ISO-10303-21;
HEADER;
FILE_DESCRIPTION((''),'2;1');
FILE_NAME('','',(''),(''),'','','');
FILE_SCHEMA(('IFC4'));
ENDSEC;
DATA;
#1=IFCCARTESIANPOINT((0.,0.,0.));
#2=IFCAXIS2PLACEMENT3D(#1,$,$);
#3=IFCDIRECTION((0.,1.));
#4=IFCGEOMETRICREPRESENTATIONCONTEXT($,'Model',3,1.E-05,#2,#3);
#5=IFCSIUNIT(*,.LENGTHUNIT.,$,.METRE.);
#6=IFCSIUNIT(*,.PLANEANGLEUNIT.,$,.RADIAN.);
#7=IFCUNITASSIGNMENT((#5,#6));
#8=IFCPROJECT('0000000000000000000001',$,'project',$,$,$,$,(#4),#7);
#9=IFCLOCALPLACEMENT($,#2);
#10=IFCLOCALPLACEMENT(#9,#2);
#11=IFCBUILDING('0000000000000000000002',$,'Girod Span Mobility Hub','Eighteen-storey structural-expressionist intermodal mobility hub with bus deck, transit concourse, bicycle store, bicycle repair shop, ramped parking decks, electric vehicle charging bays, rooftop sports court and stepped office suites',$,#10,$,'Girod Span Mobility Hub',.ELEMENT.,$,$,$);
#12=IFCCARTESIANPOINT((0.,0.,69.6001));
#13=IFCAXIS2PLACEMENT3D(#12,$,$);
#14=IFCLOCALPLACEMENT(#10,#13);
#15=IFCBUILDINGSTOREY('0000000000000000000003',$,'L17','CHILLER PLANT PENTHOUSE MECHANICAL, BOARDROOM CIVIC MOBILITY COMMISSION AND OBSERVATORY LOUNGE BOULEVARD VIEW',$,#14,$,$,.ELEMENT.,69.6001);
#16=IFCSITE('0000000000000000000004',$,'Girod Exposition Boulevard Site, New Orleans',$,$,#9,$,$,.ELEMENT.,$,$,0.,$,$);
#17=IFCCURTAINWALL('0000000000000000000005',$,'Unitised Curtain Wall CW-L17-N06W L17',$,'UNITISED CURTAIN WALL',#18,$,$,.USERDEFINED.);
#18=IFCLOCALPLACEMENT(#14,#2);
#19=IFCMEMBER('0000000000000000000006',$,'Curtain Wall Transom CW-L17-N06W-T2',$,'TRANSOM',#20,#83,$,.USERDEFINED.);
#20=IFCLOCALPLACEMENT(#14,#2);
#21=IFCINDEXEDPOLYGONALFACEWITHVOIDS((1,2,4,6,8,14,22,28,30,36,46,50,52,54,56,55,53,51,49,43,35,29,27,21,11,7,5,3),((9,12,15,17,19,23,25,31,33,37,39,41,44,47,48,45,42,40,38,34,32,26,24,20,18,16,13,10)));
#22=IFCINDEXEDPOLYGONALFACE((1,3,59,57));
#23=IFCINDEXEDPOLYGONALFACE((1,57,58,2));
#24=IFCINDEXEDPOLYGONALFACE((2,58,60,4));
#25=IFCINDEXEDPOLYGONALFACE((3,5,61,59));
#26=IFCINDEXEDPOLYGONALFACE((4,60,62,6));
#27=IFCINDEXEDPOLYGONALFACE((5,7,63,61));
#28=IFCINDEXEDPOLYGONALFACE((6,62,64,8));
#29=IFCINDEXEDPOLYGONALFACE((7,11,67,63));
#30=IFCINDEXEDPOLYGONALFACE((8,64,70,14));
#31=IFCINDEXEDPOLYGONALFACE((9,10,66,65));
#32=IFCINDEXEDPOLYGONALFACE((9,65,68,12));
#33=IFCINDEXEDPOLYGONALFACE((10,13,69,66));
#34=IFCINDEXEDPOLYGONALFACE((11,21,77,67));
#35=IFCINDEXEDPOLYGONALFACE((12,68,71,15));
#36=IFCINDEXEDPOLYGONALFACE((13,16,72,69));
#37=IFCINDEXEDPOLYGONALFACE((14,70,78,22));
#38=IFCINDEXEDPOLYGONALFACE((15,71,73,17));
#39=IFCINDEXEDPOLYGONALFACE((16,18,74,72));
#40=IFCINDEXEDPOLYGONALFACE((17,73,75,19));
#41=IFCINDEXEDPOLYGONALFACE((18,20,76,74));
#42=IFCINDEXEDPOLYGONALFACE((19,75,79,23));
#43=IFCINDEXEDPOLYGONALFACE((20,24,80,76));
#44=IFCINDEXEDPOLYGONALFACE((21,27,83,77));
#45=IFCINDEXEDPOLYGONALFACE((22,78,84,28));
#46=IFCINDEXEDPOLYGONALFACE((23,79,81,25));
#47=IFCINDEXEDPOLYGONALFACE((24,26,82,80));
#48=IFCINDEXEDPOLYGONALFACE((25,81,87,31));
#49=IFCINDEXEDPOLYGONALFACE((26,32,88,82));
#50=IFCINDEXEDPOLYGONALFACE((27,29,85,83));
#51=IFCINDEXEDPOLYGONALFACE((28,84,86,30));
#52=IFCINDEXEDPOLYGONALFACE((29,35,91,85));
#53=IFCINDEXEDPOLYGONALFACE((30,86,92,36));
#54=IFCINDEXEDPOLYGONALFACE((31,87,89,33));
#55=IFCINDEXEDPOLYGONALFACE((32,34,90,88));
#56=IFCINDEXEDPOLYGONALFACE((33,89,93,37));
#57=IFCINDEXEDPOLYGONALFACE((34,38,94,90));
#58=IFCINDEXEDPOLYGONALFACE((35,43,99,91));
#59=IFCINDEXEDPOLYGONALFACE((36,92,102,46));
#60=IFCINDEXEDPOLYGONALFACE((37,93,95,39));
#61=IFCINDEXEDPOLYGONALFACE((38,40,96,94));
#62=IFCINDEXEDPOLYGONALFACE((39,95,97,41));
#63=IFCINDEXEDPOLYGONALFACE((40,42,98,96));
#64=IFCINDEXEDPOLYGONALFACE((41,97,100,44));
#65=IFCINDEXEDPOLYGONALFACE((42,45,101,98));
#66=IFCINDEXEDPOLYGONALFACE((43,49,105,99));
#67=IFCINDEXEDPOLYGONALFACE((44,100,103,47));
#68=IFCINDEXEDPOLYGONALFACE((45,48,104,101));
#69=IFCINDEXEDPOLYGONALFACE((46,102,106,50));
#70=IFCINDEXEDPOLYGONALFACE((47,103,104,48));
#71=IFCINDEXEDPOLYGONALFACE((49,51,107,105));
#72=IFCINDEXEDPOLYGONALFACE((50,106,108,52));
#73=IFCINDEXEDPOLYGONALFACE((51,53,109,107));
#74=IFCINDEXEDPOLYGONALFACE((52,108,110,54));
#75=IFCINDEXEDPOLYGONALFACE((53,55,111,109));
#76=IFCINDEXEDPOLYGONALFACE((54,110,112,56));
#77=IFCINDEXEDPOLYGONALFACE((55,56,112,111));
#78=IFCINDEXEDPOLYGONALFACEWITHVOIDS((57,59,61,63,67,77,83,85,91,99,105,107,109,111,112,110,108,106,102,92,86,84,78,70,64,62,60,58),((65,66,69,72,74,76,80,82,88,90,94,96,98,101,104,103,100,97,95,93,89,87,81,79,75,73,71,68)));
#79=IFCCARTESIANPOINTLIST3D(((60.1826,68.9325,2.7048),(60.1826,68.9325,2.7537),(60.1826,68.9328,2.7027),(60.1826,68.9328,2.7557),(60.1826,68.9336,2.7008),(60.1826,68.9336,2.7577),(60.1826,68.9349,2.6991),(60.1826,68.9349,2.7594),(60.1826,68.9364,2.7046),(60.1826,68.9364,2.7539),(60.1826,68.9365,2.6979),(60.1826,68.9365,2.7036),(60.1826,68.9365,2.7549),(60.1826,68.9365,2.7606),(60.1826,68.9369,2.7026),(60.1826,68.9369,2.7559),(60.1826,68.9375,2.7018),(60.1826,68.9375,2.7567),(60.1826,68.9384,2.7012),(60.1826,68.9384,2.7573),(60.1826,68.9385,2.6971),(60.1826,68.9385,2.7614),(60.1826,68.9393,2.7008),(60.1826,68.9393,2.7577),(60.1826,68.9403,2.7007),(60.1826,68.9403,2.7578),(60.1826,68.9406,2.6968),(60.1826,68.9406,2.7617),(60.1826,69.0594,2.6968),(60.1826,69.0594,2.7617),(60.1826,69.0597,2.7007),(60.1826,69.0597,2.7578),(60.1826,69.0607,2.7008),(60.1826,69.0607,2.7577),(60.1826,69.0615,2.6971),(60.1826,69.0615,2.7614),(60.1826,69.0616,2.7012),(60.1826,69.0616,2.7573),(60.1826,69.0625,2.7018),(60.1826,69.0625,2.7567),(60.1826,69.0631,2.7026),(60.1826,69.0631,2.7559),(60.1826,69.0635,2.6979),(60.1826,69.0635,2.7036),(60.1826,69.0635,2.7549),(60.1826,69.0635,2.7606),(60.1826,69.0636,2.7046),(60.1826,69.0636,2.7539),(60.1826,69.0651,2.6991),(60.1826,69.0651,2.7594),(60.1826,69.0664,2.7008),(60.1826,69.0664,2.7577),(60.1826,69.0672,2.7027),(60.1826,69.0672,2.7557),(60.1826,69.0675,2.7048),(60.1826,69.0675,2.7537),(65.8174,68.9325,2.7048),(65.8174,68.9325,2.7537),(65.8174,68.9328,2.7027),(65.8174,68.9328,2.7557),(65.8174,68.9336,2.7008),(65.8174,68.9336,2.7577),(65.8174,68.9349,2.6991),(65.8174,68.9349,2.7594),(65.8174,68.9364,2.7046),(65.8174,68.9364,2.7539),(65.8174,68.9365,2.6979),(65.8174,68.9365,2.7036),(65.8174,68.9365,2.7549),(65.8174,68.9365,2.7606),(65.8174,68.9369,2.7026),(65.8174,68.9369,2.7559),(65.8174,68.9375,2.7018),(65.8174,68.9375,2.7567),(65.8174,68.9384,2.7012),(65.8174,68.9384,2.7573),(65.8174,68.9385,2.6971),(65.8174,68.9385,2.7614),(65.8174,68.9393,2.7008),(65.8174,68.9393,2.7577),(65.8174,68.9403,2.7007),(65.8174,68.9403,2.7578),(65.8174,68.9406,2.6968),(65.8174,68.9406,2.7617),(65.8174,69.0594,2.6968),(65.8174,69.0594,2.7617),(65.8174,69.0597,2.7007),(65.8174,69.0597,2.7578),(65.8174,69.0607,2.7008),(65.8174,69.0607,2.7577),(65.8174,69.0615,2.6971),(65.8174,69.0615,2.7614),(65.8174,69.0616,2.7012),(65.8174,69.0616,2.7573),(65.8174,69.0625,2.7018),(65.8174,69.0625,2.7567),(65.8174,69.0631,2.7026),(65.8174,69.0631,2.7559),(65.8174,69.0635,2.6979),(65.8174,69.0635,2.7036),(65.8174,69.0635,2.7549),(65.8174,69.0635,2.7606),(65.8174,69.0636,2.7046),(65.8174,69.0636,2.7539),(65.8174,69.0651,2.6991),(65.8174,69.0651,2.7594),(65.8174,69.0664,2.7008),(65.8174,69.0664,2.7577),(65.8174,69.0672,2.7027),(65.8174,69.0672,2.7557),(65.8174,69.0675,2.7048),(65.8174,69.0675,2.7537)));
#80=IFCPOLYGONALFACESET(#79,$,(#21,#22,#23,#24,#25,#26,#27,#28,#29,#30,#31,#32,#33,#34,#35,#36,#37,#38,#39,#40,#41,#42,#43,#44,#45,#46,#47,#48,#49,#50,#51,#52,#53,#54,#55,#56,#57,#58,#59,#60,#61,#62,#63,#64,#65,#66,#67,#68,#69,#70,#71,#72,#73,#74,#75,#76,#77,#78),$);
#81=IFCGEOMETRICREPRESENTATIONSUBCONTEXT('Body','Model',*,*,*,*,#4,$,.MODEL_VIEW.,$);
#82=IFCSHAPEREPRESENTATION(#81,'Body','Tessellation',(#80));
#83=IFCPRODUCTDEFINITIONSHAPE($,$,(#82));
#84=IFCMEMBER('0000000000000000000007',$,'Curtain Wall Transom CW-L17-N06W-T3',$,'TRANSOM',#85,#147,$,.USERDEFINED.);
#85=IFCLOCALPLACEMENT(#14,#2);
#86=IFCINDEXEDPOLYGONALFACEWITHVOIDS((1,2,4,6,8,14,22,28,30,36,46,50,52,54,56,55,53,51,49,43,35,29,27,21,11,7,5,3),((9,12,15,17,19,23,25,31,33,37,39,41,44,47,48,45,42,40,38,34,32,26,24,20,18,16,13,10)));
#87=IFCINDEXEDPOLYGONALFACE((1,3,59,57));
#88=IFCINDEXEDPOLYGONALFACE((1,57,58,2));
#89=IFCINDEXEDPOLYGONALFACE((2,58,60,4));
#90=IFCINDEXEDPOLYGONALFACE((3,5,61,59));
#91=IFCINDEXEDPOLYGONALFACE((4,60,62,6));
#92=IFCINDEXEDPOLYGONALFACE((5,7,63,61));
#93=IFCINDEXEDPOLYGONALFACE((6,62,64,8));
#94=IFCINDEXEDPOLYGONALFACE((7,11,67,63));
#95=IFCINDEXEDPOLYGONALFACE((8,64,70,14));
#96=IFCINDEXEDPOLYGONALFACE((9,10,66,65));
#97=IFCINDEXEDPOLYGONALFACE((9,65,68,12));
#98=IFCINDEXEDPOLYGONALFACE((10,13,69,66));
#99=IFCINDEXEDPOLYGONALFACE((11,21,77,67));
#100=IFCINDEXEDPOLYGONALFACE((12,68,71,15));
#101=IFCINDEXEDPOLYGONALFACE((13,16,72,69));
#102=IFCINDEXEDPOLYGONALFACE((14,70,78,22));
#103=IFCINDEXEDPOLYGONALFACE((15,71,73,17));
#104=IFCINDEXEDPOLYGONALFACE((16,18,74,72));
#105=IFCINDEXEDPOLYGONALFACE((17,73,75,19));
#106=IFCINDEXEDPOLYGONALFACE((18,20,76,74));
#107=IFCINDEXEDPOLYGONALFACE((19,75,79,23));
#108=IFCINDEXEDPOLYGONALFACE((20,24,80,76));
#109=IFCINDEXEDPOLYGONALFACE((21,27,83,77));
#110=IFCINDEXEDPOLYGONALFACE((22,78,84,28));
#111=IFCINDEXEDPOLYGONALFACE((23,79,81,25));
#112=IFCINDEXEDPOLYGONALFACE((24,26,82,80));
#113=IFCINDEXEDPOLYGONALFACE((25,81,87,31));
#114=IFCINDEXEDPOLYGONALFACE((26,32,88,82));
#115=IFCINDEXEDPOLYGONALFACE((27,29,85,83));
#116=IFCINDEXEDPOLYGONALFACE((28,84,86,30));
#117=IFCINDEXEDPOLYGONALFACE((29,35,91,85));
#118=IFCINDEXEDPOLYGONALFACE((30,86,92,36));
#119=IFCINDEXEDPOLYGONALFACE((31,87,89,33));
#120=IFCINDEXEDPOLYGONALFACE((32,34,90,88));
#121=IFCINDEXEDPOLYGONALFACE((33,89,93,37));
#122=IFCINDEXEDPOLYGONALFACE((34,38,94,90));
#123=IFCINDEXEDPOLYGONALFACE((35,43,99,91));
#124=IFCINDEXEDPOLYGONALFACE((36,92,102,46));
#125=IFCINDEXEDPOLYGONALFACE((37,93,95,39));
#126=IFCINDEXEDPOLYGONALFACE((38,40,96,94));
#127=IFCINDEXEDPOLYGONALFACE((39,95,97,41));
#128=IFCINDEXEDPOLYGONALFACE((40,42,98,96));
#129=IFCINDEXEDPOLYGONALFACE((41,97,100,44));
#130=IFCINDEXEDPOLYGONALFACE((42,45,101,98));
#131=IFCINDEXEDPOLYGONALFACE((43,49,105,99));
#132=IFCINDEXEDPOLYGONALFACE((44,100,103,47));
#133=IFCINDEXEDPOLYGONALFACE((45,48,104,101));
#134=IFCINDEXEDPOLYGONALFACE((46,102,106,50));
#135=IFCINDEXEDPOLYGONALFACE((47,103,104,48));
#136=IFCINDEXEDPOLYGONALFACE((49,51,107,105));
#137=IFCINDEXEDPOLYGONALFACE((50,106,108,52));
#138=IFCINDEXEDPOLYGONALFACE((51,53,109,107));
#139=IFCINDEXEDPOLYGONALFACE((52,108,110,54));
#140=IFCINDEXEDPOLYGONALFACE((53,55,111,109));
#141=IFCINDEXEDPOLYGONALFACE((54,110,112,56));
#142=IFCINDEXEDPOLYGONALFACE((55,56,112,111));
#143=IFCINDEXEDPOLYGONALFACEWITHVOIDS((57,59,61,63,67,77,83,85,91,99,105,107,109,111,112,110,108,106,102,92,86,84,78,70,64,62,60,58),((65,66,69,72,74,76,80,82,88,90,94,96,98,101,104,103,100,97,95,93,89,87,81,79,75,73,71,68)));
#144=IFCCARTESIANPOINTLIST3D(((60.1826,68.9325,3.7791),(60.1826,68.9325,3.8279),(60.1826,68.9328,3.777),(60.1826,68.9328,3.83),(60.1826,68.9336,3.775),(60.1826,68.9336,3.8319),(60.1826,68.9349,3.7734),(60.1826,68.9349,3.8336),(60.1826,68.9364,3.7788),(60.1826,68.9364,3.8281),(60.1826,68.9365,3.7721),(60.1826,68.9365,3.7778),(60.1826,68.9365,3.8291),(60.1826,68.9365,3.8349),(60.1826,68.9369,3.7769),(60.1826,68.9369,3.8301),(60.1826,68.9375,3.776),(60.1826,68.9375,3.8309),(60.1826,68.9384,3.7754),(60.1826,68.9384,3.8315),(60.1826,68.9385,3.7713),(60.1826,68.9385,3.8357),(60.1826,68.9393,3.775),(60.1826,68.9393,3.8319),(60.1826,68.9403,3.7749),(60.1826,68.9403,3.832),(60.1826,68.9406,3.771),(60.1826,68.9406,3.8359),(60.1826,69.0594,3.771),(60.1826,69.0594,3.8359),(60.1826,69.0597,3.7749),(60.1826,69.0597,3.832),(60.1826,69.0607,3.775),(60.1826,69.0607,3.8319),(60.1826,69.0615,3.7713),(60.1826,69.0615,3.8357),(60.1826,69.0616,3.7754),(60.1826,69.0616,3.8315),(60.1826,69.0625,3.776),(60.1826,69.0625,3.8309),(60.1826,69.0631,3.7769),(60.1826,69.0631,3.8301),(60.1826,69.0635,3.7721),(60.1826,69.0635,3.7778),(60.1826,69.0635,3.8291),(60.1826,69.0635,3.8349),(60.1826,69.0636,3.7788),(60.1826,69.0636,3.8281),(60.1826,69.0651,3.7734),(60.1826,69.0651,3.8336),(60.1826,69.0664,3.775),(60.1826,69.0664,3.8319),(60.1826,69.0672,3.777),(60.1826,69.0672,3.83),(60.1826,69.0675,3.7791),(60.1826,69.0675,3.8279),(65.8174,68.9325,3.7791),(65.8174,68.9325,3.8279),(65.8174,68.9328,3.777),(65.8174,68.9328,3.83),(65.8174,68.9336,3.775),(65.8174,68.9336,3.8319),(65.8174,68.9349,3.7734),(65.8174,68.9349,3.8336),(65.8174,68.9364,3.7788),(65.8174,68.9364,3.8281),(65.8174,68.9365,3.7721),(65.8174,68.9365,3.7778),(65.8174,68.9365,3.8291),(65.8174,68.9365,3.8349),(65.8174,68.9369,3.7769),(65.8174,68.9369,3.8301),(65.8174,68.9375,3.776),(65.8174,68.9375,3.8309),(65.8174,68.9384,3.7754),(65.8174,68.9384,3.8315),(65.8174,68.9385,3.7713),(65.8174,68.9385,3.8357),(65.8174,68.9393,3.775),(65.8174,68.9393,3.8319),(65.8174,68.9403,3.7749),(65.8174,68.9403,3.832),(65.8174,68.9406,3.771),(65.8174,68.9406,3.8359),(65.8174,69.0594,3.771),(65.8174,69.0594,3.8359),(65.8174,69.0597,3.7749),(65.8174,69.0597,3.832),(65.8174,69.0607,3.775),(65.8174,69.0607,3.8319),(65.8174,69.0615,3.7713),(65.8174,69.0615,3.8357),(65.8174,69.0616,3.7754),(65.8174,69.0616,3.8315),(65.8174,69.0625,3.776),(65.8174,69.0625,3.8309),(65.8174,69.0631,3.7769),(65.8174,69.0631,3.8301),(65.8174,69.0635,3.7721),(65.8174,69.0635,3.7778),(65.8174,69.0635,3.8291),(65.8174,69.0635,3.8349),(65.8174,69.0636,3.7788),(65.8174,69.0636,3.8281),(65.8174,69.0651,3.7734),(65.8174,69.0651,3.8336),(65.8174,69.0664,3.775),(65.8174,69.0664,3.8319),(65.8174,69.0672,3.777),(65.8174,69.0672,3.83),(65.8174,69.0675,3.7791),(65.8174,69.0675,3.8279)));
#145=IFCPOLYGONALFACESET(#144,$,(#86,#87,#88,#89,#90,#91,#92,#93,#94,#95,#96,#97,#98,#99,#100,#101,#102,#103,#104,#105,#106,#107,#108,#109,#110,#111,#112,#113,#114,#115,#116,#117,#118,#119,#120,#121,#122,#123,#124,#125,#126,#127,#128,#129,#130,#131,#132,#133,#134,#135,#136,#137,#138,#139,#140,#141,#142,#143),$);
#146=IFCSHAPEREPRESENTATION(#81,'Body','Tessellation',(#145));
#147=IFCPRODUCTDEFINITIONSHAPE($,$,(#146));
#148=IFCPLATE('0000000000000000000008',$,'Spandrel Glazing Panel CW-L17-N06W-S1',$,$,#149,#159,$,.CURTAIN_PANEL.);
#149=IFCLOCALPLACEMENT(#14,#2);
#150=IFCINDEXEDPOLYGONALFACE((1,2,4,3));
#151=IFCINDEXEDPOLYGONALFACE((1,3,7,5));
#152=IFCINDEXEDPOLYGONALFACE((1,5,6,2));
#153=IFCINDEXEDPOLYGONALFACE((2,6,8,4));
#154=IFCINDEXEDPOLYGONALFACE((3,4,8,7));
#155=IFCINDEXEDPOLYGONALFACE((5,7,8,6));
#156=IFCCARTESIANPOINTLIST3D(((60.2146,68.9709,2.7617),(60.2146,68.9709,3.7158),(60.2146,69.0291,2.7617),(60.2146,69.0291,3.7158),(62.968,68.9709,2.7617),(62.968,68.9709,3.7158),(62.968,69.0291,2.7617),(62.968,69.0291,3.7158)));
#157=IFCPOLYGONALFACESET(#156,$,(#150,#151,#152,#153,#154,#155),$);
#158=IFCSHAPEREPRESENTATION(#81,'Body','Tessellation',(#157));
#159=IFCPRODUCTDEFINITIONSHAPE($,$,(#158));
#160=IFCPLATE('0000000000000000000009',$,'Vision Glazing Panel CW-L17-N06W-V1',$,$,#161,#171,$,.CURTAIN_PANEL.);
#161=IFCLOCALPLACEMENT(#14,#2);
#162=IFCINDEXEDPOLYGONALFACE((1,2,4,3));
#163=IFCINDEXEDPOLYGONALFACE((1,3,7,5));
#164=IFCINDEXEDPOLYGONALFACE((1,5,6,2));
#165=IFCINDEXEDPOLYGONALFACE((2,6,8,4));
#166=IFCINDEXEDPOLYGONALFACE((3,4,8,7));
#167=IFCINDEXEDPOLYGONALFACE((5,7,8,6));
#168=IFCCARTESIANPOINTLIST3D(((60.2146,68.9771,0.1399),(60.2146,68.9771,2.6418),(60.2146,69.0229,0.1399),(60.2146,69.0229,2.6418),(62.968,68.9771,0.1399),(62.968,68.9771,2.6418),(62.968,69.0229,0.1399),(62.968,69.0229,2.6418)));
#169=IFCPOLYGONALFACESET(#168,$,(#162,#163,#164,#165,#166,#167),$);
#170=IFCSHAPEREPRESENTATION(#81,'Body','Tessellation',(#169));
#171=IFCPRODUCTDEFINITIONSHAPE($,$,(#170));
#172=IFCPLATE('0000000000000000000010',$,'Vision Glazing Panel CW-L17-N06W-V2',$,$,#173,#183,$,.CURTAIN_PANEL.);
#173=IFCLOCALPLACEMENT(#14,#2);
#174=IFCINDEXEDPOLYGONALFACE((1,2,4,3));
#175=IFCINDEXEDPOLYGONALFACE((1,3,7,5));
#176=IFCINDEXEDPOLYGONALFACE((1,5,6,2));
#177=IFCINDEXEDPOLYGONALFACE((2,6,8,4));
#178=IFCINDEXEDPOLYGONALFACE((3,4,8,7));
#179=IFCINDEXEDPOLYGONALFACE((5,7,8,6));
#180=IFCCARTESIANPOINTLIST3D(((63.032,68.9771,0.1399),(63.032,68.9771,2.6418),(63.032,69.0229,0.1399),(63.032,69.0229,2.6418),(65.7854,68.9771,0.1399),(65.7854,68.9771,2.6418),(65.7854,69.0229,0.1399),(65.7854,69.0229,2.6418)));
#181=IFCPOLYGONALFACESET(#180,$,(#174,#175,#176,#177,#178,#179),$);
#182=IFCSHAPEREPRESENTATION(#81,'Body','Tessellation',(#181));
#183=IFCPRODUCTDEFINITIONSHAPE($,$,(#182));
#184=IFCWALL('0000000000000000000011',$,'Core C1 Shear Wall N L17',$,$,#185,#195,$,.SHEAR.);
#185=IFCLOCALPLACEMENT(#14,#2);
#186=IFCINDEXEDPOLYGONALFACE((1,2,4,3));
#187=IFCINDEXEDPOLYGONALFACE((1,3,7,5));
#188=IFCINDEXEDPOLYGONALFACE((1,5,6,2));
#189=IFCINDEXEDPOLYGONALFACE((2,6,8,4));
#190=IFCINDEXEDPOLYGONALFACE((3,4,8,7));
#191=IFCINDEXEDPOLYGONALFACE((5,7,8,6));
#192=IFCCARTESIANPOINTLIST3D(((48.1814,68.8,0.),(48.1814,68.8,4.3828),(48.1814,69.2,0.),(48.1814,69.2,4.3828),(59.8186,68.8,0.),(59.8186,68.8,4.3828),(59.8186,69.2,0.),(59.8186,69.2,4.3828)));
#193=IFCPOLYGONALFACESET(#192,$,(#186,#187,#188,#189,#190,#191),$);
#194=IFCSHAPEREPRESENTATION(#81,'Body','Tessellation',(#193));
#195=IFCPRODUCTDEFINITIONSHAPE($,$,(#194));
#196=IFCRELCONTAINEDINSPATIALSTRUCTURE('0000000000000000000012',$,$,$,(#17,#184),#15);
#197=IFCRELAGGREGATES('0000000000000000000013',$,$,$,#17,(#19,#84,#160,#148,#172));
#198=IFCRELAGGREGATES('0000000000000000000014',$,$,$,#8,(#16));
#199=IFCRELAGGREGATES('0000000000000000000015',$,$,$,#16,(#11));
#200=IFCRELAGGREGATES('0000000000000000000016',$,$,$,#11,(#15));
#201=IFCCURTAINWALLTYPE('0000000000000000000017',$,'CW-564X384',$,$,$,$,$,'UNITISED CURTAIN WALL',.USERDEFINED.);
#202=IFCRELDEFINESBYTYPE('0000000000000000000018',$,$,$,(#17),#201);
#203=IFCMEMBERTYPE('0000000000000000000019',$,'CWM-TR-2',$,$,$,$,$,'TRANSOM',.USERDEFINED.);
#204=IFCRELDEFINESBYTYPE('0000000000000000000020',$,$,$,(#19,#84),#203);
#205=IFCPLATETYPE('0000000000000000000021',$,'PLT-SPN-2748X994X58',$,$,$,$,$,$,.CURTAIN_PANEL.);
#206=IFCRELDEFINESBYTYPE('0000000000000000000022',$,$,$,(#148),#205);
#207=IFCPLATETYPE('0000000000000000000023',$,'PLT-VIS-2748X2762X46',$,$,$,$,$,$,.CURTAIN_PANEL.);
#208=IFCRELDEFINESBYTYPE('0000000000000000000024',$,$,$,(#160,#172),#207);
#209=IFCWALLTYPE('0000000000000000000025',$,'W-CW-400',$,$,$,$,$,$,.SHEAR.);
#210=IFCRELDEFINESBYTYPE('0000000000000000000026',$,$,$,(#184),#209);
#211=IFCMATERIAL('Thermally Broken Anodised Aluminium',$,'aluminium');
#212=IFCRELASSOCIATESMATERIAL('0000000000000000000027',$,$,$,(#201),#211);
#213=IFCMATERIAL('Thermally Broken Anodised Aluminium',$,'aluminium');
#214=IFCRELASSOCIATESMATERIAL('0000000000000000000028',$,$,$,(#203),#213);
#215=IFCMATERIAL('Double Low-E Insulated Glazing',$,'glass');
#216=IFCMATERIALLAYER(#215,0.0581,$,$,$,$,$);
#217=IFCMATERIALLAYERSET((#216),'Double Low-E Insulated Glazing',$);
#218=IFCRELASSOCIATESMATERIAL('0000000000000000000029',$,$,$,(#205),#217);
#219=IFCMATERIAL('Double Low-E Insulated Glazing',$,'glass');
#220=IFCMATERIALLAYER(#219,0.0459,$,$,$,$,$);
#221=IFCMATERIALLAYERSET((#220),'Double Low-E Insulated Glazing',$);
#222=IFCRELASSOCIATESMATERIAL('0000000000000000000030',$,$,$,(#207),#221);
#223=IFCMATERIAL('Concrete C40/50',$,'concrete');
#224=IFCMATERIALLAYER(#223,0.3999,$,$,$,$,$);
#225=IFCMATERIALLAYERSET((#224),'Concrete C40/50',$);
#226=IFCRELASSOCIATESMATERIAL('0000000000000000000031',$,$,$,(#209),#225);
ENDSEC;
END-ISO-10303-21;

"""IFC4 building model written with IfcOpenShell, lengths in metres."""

from ifc_helpers import new_model, si_unit, direction, frame, frame_2d, origin, origin_2d, place, context, subcontext, project, spatial, rectangle, hollow_rectangle, extrude, material, layer, layer_set, material_profile, profile_set, type_object, element, aggregate, save


model = new_model("IFC4")

# Units and contexts
model_context = context("Model", 3, precision=1e-05, world=origin(), true_north=direction((0.0, 1.0)))
body_context = subcontext(model_context, "Body", "Model", "MODEL_VIEW")
ifc_project = project(units=[si_unit("LENGTHUNIT", "METRE"), si_unit("PLANEANGLEUNIT", "RADIAN")], contexts=[model_context])

# Site, building, storey
site_placement = place(None, origin())
site = spatial("IfcSite", under=ifc_project, at=site_placement, Name="Girod Exposition Boulevard Site, New Orleans", CompositionType="ELEMENT", RefElevation=0.0)
building_placement = place(site_placement, origin())
building = spatial("IfcBuilding", under=site, at=building_placement, Name="Girod Span Mobility Hub", Description="Eighteen-storey structural-expressionist intermodal mobility hub with bus deck, transit concourse, bicycle store, bicycle repair shop, ramped parking decks, electric vehicle charging bays, rooftop sports court and stepped office suites", LongName="Girod Span Mobility Hub", CompositionType="ELEMENT")
storey_placement = place(building_placement, frame((0.0, 0.0, 69.6001)))
storey = spatial("IfcBuildingStorey", under=building, at=storey_placement, Name="L17", Description="CHILLER PLANT PENTHOUSE MECHANICAL, BOARDROOM CIVIC MOBILITY COMMISSION AND OBSERVATORY LOUNGE BOULEVARD VIEW", CompositionType="ELEMENT", Elevation=69.6001)

# Curtain wall, members, plates
ifc_material_1 = material(Name="Thermally Broken Anodised Aluminium", Category="aluminium")
curtain_wall_type = type_object("IfcCurtainWallType", Name="CW-564X384", ElementType="UNITISED CURTAIN WALL", PredefinedType="USERDEFINED", material=ifc_material_1)
curtain_wall_placement = place(storey_placement, origin())
curtain_wall = element("IfcCurtainWall", 1, at=curtain_wall_placement, inside=storey, type_object=curtain_wall_type, Name="Unitised Curtain Wall CW-L17-N06W L17", ObjectType="UNITISED CURTAIN WALL", PredefinedType="USERDEFINED")
ifc_material_2 = material(Name="Thermally Broken Anodised Aluminium", Category="aluminium")
ifc_material_profile_1 = material_profile(ifc_material_2, hollow_rectangle(XDim=0.135, YDim=0.0649, WallThickness=0.0039, InnerFilletRadius=0.0039, OuterFilletRadius=0.0081, at=origin_2d()), Name="CW-TR-65X135")
ifc_profile_set_1 = profile_set([ifc_material_profile_1], Name="Thermally Broken Anodised Aluminium")
member_type_1 = type_object("IfcMemberType", Name="CWM-TR-2", ElementType="TRANSOM", PredefinedType="USERDEFINED", material=ifc_profile_set_1)
member_1_placement = place(storey_placement, frame((60.1826, 69.0, 2.7292), z_axis=(1.0, 0.0, 0.0), x_axis=(0.0, 1.0, 0.0)))
member_1 = element("IfcMember", 2, at=member_1_placement, type_object=member_type_1, Name="Curtain Wall Transom CW-L17-N06W-T2", ObjectType="TRANSOM", PredefinedType="USERDEFINED", context=body_context, shape_type="SweptSolid", body=[
    extrude(hollow_rectangle(XDim=0.135, YDim=0.0649, WallThickness=0.0039, InnerFilletRadius=0.0039, OuterFilletRadius=0.0081, at=origin_2d()), origin(), (0.0, 0.0, 1.0), 5.6348),
])
member_2_placement = place(storey_placement, frame((60.1826, 69.0, 3.8035), z_axis=(1.0, 0.0, 0.0), x_axis=(0.0, 1.0, 0.0)))
member_2 = element("IfcMember", 3, at=member_2_placement, type_object=member_type_1, Name="Curtain Wall Transom CW-L17-N06W-T3", ObjectType="TRANSOM", PredefinedType="USERDEFINED", context=body_context, shape_type="SweptSolid", body=[
    extrude(hollow_rectangle(XDim=0.135, YDim=0.0649, WallThickness=0.0039, InnerFilletRadius=0.0039, OuterFilletRadius=0.0081, at=origin_2d()), origin(), (0.0, 0.0, 1.0), 5.6348),
])
ifc_material_3 = material(Name="Double Low-E Insulated Glazing", Category="glass")
ifc_layer_1 = layer(ifc_material_3, 0.0581)
ifc_layer_set_1 = layer_set([ifc_layer_1], Name="Double Low-E Insulated Glazing")
plate_type_1 = type_object("IfcPlateType", Name="PLT-SPN-2748X994X58", PredefinedType="CURTAIN_PANEL", material=ifc_layer_set_1)
plate_1_placement = place(storey_placement, frame((61.5913, 69.0, 2.7617), z_axis=(0.0, 0.0, 1.0), x_axis=(1.0, 0.0, 0.0)))
plate_1 = element("IfcPlate", 4, at=plate_1_placement, type_object=plate_type_1, Name="Spandrel Glazing Panel CW-L17-N06W-S1", PredefinedType="CURTAIN_PANEL", context=body_context, shape_type="SweptSolid", body=[
    extrude(rectangle(XDim=2.7534, YDim=0.0581, at=origin_2d()), origin(), (0.0, 0.0, 1.0), 0.9541),
])
ifc_material_4 = material(Name="Double Low-E Insulated Glazing", Category="glass")
ifc_layer_2 = layer(ifc_material_4, 0.0459)
ifc_layer_set_2 = layer_set([ifc_layer_2], Name="Double Low-E Insulated Glazing")
plate_type_2 = type_object("IfcPlateType", Name="PLT-VIS-2748X2762X46", PredefinedType="CURTAIN_PANEL", material=ifc_layer_set_2)
plate_2_placement = place(storey_placement, frame((61.5913, 69.0, 0.1399), z_axis=(0.0, 0.0, 1.0), x_axis=(1.0, 0.0, 0.0)))
plate_2 = element("IfcPlate", 5, at=plate_2_placement, type_object=plate_type_2, Name="Vision Glazing Panel CW-L17-N06W-V1", PredefinedType="CURTAIN_PANEL", context=body_context, shape_type="SweptSolid", body=[
    extrude(rectangle(XDim=2.7534, YDim=0.0459, at=origin_2d()), origin(), (0.0, 0.0, 1.0), 2.502),
])
plate_3_placement = place(storey_placement, frame((64.4087, 69.0, 0.1399), z_axis=(0.0, 0.0, 1.0), x_axis=(1.0, 0.0, 0.0)))
plate_3 = element("IfcPlate", 6, at=plate_3_placement, type_object=plate_type_2, Name="Vision Glazing Panel CW-L17-N06W-V2", PredefinedType="CURTAIN_PANEL", context=body_context, shape_type="SweptSolid", body=[
    extrude(rectangle(XDim=2.7534, YDim=0.0459, at=origin_2d()), origin(), (0.0, 0.0, 1.0), 2.502),
])
aggregate(curtain_wall, [member_1, member_2, plate_2, plate_1, plate_3])

# Wall
ifc_material_5 = material(Name="Concrete C40/50", Category="concrete")
ifc_layer_3 = layer(ifc_material_5, 0.3999)
ifc_layer_set_3 = layer_set([ifc_layer_3], Name="Concrete C40/50")
wall_type_1 = type_object("IfcWallType", Name="W-CW-400", PredefinedType="SHEAR", material=ifc_layer_set_3)
wall_1_placement = place(storey_placement, frame((48.1814, 69.0, 0.0), z_axis=(0.0, 0.0, 1.0), x_axis=(1.0, 0.0, 0.0)))
element("IfcWall", 7, at=wall_1_placement, inside=storey, type_object=wall_type_1, Name="Core C1 Shear Wall N L17", PredefinedType="SHEAR", context=body_context, shape_type="SweptSolid", body=[
    extrude(rectangle(XDim=11.6372, YDim=0.3999, at=frame_2d((5.8186, 0.0))), origin(), (0.0, 0.0, 1.0), 4.3828),
])

save(model, "model.ifc")
